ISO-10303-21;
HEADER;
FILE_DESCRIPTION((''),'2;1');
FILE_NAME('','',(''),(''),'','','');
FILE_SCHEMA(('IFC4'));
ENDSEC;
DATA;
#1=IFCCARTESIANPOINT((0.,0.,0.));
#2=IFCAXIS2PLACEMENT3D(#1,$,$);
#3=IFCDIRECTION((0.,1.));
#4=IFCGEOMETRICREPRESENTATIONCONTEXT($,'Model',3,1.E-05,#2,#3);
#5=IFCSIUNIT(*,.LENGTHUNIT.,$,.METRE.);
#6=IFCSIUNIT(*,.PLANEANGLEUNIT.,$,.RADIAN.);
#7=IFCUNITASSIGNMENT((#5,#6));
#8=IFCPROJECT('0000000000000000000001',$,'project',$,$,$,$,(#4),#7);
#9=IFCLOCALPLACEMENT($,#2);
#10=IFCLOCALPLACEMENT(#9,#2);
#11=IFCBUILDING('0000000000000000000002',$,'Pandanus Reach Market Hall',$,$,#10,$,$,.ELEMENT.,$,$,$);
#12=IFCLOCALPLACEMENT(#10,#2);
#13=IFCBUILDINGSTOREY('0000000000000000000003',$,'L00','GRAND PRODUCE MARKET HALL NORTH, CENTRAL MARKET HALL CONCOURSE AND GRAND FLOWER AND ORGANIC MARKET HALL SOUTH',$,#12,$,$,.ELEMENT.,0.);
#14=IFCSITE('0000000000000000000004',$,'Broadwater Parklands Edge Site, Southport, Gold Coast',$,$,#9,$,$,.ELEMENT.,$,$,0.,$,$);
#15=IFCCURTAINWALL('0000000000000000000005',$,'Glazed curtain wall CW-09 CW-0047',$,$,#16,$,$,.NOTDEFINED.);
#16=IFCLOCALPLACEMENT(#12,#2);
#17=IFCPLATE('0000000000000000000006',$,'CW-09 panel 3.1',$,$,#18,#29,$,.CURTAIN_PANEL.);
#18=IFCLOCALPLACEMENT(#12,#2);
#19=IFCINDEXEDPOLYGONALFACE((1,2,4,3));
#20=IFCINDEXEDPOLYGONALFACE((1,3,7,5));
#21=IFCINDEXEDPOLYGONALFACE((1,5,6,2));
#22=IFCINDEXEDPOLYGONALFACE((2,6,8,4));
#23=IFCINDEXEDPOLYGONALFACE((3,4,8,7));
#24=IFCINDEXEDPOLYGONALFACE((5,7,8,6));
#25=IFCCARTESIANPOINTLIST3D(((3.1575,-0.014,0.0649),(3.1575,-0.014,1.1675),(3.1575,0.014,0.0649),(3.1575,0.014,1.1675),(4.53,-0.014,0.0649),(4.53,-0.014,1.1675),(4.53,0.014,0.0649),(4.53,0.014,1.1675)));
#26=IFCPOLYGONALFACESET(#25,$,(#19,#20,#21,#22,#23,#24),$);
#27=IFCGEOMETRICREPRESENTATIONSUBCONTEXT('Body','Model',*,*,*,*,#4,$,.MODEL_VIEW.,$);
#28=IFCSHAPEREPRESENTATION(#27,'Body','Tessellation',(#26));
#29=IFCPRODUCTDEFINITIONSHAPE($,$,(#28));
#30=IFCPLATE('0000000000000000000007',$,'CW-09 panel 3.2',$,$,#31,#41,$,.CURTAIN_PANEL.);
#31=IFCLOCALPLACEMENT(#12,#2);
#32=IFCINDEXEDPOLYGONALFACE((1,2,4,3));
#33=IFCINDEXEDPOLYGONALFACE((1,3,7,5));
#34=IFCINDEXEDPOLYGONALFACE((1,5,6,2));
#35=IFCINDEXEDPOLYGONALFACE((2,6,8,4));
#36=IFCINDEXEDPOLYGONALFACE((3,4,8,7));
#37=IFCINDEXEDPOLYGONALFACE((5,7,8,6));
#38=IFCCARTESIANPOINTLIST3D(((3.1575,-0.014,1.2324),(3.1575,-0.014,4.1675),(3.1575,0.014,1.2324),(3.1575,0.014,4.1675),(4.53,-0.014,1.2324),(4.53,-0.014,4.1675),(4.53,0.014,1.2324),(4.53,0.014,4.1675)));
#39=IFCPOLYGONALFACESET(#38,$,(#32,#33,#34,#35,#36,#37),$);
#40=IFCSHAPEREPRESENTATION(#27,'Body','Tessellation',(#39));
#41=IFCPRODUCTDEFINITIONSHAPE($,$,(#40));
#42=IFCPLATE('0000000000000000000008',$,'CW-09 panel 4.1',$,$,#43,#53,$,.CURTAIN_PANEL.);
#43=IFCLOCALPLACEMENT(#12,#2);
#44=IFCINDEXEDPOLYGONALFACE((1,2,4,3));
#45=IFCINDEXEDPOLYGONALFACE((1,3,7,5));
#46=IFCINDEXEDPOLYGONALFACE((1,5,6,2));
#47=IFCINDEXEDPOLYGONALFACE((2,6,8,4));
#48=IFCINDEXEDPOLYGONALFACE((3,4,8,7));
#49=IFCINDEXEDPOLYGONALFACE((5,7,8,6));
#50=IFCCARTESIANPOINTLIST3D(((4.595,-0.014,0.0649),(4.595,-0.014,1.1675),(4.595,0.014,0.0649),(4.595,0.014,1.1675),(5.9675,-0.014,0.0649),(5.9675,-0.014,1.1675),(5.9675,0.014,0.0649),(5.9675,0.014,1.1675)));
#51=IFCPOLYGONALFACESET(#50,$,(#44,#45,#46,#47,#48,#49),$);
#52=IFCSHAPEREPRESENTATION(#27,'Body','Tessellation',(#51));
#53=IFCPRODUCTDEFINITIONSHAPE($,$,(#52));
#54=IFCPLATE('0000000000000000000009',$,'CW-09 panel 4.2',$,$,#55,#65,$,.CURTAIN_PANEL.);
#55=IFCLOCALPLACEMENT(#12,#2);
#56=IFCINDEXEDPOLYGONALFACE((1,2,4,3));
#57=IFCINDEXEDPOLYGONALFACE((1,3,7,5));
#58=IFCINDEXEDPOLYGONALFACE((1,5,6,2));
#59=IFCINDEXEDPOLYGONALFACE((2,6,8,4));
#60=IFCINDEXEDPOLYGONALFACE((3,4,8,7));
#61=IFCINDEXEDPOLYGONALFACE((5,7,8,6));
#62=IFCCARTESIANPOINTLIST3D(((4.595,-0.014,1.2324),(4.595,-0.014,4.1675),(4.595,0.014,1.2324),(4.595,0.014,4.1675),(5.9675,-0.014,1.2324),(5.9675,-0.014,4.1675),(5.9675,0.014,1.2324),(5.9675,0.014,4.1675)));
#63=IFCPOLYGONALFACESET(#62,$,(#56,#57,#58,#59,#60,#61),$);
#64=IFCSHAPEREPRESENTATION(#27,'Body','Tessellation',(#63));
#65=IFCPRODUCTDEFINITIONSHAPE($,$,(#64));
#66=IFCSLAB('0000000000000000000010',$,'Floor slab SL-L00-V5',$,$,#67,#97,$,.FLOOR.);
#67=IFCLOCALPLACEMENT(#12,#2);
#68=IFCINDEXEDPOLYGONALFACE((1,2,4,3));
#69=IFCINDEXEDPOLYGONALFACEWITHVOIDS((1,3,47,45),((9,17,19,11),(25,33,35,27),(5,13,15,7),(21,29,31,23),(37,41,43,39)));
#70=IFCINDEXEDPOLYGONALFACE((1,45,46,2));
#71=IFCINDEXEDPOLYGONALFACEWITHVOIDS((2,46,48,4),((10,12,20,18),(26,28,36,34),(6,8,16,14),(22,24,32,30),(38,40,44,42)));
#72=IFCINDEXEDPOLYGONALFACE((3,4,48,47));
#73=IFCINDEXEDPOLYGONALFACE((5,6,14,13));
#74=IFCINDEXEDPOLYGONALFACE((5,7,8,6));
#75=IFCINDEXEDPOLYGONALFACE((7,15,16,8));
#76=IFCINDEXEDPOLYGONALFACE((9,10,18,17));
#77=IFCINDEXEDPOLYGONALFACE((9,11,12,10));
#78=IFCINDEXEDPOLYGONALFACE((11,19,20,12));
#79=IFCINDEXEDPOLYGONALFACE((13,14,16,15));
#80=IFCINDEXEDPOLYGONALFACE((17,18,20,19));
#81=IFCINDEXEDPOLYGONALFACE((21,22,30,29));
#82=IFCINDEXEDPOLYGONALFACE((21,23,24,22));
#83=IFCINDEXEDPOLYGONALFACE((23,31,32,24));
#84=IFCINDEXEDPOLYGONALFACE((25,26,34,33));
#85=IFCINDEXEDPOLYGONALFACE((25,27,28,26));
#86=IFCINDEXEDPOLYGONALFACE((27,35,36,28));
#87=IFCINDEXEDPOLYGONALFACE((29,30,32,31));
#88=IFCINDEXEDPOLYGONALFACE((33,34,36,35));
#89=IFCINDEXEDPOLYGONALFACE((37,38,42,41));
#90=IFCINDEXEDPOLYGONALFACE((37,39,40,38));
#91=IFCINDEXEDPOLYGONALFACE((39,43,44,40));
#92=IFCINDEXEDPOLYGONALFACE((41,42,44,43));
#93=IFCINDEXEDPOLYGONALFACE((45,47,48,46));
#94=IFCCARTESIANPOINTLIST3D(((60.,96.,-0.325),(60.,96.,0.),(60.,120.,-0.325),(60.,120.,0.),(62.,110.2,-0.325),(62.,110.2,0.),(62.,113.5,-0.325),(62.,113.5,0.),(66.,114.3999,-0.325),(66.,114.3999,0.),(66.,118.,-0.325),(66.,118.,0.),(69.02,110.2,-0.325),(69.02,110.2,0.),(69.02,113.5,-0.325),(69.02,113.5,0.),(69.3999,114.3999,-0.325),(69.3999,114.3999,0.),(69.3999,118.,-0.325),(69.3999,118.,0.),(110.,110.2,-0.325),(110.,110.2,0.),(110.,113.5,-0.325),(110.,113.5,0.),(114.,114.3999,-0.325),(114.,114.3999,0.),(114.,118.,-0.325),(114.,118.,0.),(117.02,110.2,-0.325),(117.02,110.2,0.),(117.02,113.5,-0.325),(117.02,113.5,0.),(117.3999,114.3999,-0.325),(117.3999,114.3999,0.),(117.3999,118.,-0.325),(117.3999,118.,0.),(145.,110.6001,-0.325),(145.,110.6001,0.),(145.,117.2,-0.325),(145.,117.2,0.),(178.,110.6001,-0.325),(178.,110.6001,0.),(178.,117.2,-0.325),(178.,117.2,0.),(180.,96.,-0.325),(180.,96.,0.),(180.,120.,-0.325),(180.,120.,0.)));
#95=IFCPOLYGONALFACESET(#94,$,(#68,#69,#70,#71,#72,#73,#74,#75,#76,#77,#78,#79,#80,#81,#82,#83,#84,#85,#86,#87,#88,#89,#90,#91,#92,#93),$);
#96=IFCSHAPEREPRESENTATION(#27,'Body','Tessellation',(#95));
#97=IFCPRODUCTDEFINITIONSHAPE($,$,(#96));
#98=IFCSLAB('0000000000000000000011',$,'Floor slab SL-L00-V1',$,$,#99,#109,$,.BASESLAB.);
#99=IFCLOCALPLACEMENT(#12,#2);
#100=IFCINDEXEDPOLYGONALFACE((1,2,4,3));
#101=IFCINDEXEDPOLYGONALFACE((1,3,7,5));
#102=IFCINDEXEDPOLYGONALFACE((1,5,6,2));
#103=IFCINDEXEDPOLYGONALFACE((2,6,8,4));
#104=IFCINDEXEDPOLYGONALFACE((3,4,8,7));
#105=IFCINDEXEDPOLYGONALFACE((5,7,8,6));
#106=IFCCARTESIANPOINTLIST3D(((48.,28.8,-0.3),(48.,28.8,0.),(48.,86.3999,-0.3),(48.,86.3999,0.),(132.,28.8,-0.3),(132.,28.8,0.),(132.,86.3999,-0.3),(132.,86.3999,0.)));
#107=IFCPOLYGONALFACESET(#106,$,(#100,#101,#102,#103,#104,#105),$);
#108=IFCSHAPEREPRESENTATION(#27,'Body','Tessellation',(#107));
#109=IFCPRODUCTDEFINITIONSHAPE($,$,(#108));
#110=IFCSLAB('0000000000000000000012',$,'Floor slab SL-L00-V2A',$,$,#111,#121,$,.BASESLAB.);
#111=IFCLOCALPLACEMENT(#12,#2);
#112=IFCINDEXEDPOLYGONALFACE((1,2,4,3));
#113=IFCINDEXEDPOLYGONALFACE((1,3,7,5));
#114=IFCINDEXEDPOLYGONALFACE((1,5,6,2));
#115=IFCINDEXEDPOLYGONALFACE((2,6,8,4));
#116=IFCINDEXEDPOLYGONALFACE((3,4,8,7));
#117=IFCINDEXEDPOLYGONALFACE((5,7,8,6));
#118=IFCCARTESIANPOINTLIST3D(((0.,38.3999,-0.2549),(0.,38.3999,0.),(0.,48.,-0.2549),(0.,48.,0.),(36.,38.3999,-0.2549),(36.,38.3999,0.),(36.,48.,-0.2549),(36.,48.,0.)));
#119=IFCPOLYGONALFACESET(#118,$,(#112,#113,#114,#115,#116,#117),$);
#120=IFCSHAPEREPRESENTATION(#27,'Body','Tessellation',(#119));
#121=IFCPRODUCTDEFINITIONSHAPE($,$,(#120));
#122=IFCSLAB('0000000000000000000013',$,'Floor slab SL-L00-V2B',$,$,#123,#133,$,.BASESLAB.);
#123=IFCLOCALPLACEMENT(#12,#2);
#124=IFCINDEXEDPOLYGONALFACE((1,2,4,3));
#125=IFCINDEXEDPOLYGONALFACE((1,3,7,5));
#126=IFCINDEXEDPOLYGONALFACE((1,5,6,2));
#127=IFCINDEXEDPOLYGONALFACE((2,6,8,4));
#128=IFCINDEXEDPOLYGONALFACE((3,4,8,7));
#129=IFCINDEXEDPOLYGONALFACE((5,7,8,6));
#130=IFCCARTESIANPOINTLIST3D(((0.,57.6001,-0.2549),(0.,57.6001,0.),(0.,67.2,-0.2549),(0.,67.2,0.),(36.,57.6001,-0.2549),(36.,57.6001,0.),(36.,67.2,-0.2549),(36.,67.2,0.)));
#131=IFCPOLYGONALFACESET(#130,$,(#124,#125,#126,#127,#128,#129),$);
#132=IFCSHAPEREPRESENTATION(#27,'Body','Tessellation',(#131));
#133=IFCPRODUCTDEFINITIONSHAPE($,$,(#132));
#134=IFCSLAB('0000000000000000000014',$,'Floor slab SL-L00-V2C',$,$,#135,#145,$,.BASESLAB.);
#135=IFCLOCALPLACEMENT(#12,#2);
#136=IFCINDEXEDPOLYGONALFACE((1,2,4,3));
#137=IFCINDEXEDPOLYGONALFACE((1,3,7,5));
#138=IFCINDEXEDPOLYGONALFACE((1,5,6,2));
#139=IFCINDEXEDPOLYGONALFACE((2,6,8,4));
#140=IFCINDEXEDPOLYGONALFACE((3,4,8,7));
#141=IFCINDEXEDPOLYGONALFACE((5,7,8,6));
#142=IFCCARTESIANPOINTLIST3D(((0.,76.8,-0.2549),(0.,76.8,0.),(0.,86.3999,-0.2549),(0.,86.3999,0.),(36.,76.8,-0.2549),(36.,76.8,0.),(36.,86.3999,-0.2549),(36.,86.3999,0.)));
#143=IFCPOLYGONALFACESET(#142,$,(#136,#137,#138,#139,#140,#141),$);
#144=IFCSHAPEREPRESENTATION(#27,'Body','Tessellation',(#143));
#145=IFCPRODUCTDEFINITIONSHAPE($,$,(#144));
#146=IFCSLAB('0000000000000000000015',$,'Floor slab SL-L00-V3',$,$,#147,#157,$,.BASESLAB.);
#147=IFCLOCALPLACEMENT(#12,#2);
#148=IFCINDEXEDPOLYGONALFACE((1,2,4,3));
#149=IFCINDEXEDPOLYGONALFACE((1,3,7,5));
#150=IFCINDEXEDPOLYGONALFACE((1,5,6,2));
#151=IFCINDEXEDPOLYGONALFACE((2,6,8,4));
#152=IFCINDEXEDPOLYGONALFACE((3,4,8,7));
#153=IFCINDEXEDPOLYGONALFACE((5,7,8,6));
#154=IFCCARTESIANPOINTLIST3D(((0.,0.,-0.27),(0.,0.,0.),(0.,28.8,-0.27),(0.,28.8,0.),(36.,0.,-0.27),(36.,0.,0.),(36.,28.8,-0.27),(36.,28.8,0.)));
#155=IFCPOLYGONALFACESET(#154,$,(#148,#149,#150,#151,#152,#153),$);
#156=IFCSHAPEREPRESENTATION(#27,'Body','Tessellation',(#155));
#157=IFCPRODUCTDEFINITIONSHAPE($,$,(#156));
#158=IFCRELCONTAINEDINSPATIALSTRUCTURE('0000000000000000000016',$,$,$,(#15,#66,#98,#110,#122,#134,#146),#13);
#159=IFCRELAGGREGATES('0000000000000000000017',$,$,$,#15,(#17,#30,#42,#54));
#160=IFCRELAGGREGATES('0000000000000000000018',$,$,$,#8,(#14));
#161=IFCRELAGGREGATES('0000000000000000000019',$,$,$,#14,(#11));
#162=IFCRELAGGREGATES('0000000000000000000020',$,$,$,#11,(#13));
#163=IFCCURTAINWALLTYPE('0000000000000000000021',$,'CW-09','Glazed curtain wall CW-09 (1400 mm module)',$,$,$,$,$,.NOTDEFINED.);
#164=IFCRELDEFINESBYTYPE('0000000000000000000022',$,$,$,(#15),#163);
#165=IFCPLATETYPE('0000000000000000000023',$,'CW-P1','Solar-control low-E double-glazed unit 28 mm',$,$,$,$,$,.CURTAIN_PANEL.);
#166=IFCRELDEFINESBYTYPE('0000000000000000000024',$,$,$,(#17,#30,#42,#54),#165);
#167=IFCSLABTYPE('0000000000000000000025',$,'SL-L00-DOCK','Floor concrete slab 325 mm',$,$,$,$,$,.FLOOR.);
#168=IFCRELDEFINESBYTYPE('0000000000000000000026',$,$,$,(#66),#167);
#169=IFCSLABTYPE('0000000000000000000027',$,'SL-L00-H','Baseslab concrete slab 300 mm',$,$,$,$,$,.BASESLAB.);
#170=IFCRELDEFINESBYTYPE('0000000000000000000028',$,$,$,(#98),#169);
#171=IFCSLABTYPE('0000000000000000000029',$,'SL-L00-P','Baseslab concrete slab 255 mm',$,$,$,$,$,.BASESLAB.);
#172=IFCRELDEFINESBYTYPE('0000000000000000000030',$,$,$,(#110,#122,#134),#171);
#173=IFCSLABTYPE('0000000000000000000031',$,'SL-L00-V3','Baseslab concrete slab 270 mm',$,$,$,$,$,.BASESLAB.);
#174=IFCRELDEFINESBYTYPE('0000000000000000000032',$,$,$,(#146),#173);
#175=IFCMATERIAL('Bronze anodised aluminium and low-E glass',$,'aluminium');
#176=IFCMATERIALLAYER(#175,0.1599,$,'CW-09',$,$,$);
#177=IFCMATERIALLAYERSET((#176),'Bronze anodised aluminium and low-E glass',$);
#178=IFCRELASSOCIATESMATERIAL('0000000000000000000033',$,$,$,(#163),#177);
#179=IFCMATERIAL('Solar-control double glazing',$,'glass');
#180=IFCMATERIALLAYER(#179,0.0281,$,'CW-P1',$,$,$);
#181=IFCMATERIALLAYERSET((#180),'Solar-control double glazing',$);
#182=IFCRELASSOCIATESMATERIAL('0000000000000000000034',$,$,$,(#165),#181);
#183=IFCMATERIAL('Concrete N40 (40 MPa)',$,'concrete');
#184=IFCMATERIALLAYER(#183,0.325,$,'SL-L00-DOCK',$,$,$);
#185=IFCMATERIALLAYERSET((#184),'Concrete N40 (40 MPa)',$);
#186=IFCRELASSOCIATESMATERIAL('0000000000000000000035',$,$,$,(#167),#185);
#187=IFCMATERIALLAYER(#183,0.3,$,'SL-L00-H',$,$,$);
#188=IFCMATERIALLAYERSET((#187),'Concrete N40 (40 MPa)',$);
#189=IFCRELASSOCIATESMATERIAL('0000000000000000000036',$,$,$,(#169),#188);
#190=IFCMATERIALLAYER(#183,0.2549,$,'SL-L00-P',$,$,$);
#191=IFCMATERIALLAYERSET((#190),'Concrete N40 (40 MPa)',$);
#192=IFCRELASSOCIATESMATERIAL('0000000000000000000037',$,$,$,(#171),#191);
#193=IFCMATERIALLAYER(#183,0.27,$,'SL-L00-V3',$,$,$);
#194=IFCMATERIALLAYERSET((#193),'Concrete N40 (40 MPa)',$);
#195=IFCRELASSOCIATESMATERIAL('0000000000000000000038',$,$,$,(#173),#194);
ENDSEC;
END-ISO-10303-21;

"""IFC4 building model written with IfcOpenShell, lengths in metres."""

from ifc_helpers import new_model, si_unit, direction, frame, origin, origin_2d, place, context, subcontext, project, spatial, polyline, rectangle, outline, extrude, material, layer, layer_set, type_object, element, aggregate, save


model = new_model("IFC4")

# Units and contexts
model_context = context("Model", 3, precision=1e-05, world=origin(), true_north=direction((0.0, 1.0)))
body_context = subcontext(model_context, "Body", "Model", "MODEL_VIEW")
ifc_project = project(units=[si_unit("LENGTHUNIT", "METRE"), si_unit("PLANEANGLEUNIT", "RADIAN")], contexts=[model_context])

# Site, building, storey
site_placement = place(None, origin())
site = spatial("IfcSite", under=ifc_project, at=site_placement, Name="Broadwater Parklands Edge Site, Southport, Gold Coast", CompositionType="ELEMENT", RefElevation=0.0)
building_placement = place(site_placement, origin())
building = spatial("IfcBuilding", under=site, at=building_placement, Name="Pandanus Reach Market Hall", CompositionType="ELEMENT")
storey_placement = place(building_placement, origin())
storey = spatial("IfcBuildingStorey", under=building, at=storey_placement, Name="L00", Description="GRAND PRODUCE MARKET HALL NORTH, CENTRAL MARKET HALL CONCOURSE AND GRAND FLOWER AND ORGANIC MARKET HALL SOUTH", CompositionType="ELEMENT", Elevation=0.0)

# Shared definitions
ifc_material_1 = material(Name="Concrete N40 (40 MPa)", Category="concrete")

# Curtain wall, plates
ifc_material_2 = material(Name="Bronze anodised aluminium and low-E glass", Category="aluminium")
ifc_layer_1 = layer(ifc_material_2, 0.1599, Name="CW-09")
ifc_layer_set_1 = layer_set([ifc_layer_1], Name="Bronze anodised aluminium and low-E glass")
curtain_wall_type = type_object("IfcCurtainWallType", Name="CW-09", Description="Glazed curtain wall CW-09 (1400 mm module)", PredefinedType="NOTDEFINED", material=ifc_layer_set_1)
curtain_wall_placement = place(storey_placement, origin())
curtain_wall = element("IfcCurtainWall", 1, at=curtain_wall_placement, inside=storey, type_object=curtain_wall_type, Name="Glazed curtain wall CW-09 CW-0047", PredefinedType="NOTDEFINED")
ifc_material_3 = material(Name="Solar-control double glazing", Category="glass")
ifc_layer_2 = layer(ifc_material_3, 0.0281, Name="CW-P1")
ifc_layer_set_2 = layer_set([ifc_layer_2], Name="Solar-control double glazing")
plate_type = type_object("IfcPlateType", Name="CW-P1", Description="Solar-control low-E double-glazed unit 28 mm", PredefinedType="CURTAIN_PANEL", material=ifc_layer_set_2)
plate_1_placement = place(storey_placement, frame((3.8438, 0.0, 0.0649), z_axis=(0.0, 0.0, 1.0), x_axis=(1.0, 0.0, 0.0)))
plate_1 = element("IfcPlate", 2, at=plate_1_placement, type_object=plate_type, Name="CW-09 panel 3.1", PredefinedType="CURTAIN_PANEL", context=body_context, shape_type="SweptSolid", body=[
    extrude(rectangle(XDim=1.3726, YDim=0.0281, at=origin_2d()), origin(), (0.0, 0.0, 1.0), 1.1025),
])
plate_2_placement = place(storey_placement, frame((3.8438, 0.0, 1.2324), z_axis=(0.0, 0.0, 1.0), x_axis=(1.0, 0.0, 0.0)))
plate_2 = element("IfcPlate", 3, at=plate_2_placement, type_object=plate_type, Name="CW-09 panel 3.2", PredefinedType="CURTAIN_PANEL", context=body_context, shape_type="SweptSolid", body=[
    extrude(rectangle(XDim=1.3726, YDim=0.0281, at=origin_2d()), origin(), (0.0, 0.0, 1.0), 2.9351),
])
plate_3_placement = place(storey_placement, frame((5.2812, 0.0, 0.0649), z_axis=(0.0, 0.0, 1.0), x_axis=(1.0, 0.0, 0.0)))
plate_3 = element("IfcPlate", 4, at=plate_3_placement, type_object=plate_type, Name="CW-09 panel 4.1", PredefinedType="CURTAIN_PANEL", context=body_context, shape_type="SweptSolid", body=[
    extrude(rectangle(XDim=1.3726, YDim=0.0281, at=origin_2d()), origin(), (0.0, 0.0, 1.0), 1.1025),
])
plate_4_placement = place(storey_placement, frame((5.2812, 0.0, 1.2324), z_axis=(0.0, 0.0, 1.0), x_axis=(1.0, 0.0, 0.0)))
plate_4 = element("IfcPlate", 5, at=plate_4_placement, type_object=plate_type, Name="CW-09 panel 4.2", PredefinedType="CURTAIN_PANEL", context=body_context, shape_type="SweptSolid", body=[
    extrude(rectangle(XDim=1.3726, YDim=0.0281, at=origin_2d()), origin(), (0.0, 0.0, 1.0), 2.9351),
])
aggregate(curtain_wall, [plate_1, plate_2, plate_3, plate_4])

# Slabs
ifc_layer_3 = layer(ifc_material_1, 0.325, Name="SL-L00-DOCK")
ifc_layer_set_3 = layer_set([ifc_layer_3], Name="Concrete N40 (40 MPa)")
slab_type_1 = type_object("IfcSlabType", Name="SL-L00-DOCK", Description="Floor concrete slab 325 mm", PredefinedType="FLOOR", material=ifc_layer_set_3)
slab_1_placement = place(storey_placement, frame((0.0, 0.0, -0.325)))
element("IfcSlab", 6, at=slab_1_placement, inside=storey, type_object=slab_type_1, Name="Floor slab SL-L00-V5", PredefinedType="FLOOR", context=body_context, shape_type="SweptSolid", body=[
    extrude(outline(polyline([(60.0, 96.0), (180.0, 96.0), (180.0, 120.0), (60.0, 120.0), (60.0, 96.0)]), holes=[polyline([(62.0, 110.2), (69.02, 110.2), (69.02, 113.5), (62.0, 113.5), (62.0, 110.2)]), polyline([(66.0, 114.3999), (69.3999, 114.3999), (69.3999, 118.0), (66.0, 118.0), (66.0, 114.3999)]), polyline([(110.0, 110.2), (117.02, 110.2), (117.02, 113.5), (110.0, 113.5), (110.0, 110.2)]), polyline([(114.0, 114.3999), (117.3999, 114.3999), (117.3999, 118.0), (114.0, 118.0), (114.0, 114.3999)]), polyline([(145.0, 110.6001), (178.0, 110.6001), (178.0, 117.2), (145.0, 117.2), (145.0, 110.6001)])]), origin(), (0.0, 0.0, 1.0), 0.325),
])
ifc_layer_4 = layer(ifc_material_1, 0.3, Name="SL-L00-H")
ifc_layer_set_4 = layer_set([ifc_layer_4], Name="Concrete N40 (40 MPa)")
slab_type_2 = type_object("IfcSlabType", Name="SL-L00-H", Description="Baseslab concrete slab 300 mm", PredefinedType="BASESLAB", material=ifc_layer_set_4)
slab_2_placement = place(storey_placement, frame((0.0, 0.0, -0.3)))
element("IfcSlab", 7, at=slab_2_placement, inside=storey, type_object=slab_type_2, Name="Floor slab SL-L00-V1", PredefinedType="BASESLAB", context=body_context, shape_type="SweptSolid", body=[
    extrude(outline(polyline([(48.0, 28.8), (132.0, 28.8), (132.0, 86.3999), (48.0, 86.3999), (48.0, 28.8)])), origin(), (0.0, 0.0, 1.0), 0.3),
])
ifc_layer_5 = layer(ifc_material_1, 0.2549, Name="SL-L00-P")
ifc_layer_set_5 = layer_set([ifc_layer_5], Name="Concrete N40 (40 MPa)")
slab_type_3 = type_object("IfcSlabType", Name="SL-L00-P", Description="Baseslab concrete slab 255 mm", PredefinedType="BASESLAB", material=ifc_layer_set_5)
slab_3_placement = place(storey_placement, frame((0.0, 0.0, -0.2549)))
element("IfcSlab", 8, at=slab_3_placement, inside=storey, type_object=slab_type_3, Name="Floor slab SL-L00-V2A", PredefinedType="BASESLAB", context=body_context, shape_type="SweptSolid", body=[
    extrude(outline(polyline([(0.0, 38.3999), (36.0, 38.3999), (36.0, 48.0), (0.0, 48.0), (0.0, 38.3999)])), origin(), (0.0, 0.0, 1.0), 0.2549),
])
slab_4_placement = place(storey_placement, frame((0.0, 0.0, -0.2549)))
element("IfcSlab", 9, at=slab_4_placement, inside=storey, type_object=slab_type_3, Name="Floor slab SL-L00-V2B", PredefinedType="BASESLAB", context=body_context, shape_type="SweptSolid", body=[
    extrude(outline(polyline([(0.0, 57.6001), (36.0, 57.6001), (36.0, 67.2), (0.0, 67.2), (0.0, 57.6001)])), origin(), (0.0, 0.0, 1.0), 0.2549),
])
slab_5_placement = place(storey_placement, frame((0.0, 0.0, -0.2549)))
element("IfcSlab", 10, at=slab_5_placement, inside=storey, type_object=slab_type_3, Name="Floor slab SL-L00-V2C", PredefinedType="BASESLAB", context=body_context, shape_type="SweptSolid", body=[
    extrude(outline(polyline([(0.0, 76.8), (36.0, 76.8), (36.0, 86.3999), (0.0, 86.3999), (0.0, 76.8)])), origin(), (0.0, 0.0, 1.0), 0.2549),
])
ifc_layer_6 = layer(ifc_material_1, 0.27, Name="SL-L00-V3")
ifc_layer_set_6 = layer_set([ifc_layer_6], Name="Concrete N40 (40 MPa)")
slab_type_4 = type_object("IfcSlabType", Name="SL-L00-V3", Description="Baseslab concrete slab 270 mm", PredefinedType="BASESLAB", material=ifc_layer_set_6)
slab_6_placement = place(storey_placement, frame((0.0, 0.0, -0.27)))
element("IfcSlab", 11, at=slab_6_placement, inside=storey, type_object=slab_type_4, Name="Floor slab SL-L00-V3", PredefinedType="BASESLAB", context=body_context, shape_type="SweptSolid", body=[
    extrude(outline(polyline([(0.0, 0.0), (36.0, 0.0), (36.0, 28.8), (0.0, 28.8), (0.0, 0.0)])), origin(), (0.0, 0.0, 1.0), 0.27),
])

save(model, "model.ifc")
